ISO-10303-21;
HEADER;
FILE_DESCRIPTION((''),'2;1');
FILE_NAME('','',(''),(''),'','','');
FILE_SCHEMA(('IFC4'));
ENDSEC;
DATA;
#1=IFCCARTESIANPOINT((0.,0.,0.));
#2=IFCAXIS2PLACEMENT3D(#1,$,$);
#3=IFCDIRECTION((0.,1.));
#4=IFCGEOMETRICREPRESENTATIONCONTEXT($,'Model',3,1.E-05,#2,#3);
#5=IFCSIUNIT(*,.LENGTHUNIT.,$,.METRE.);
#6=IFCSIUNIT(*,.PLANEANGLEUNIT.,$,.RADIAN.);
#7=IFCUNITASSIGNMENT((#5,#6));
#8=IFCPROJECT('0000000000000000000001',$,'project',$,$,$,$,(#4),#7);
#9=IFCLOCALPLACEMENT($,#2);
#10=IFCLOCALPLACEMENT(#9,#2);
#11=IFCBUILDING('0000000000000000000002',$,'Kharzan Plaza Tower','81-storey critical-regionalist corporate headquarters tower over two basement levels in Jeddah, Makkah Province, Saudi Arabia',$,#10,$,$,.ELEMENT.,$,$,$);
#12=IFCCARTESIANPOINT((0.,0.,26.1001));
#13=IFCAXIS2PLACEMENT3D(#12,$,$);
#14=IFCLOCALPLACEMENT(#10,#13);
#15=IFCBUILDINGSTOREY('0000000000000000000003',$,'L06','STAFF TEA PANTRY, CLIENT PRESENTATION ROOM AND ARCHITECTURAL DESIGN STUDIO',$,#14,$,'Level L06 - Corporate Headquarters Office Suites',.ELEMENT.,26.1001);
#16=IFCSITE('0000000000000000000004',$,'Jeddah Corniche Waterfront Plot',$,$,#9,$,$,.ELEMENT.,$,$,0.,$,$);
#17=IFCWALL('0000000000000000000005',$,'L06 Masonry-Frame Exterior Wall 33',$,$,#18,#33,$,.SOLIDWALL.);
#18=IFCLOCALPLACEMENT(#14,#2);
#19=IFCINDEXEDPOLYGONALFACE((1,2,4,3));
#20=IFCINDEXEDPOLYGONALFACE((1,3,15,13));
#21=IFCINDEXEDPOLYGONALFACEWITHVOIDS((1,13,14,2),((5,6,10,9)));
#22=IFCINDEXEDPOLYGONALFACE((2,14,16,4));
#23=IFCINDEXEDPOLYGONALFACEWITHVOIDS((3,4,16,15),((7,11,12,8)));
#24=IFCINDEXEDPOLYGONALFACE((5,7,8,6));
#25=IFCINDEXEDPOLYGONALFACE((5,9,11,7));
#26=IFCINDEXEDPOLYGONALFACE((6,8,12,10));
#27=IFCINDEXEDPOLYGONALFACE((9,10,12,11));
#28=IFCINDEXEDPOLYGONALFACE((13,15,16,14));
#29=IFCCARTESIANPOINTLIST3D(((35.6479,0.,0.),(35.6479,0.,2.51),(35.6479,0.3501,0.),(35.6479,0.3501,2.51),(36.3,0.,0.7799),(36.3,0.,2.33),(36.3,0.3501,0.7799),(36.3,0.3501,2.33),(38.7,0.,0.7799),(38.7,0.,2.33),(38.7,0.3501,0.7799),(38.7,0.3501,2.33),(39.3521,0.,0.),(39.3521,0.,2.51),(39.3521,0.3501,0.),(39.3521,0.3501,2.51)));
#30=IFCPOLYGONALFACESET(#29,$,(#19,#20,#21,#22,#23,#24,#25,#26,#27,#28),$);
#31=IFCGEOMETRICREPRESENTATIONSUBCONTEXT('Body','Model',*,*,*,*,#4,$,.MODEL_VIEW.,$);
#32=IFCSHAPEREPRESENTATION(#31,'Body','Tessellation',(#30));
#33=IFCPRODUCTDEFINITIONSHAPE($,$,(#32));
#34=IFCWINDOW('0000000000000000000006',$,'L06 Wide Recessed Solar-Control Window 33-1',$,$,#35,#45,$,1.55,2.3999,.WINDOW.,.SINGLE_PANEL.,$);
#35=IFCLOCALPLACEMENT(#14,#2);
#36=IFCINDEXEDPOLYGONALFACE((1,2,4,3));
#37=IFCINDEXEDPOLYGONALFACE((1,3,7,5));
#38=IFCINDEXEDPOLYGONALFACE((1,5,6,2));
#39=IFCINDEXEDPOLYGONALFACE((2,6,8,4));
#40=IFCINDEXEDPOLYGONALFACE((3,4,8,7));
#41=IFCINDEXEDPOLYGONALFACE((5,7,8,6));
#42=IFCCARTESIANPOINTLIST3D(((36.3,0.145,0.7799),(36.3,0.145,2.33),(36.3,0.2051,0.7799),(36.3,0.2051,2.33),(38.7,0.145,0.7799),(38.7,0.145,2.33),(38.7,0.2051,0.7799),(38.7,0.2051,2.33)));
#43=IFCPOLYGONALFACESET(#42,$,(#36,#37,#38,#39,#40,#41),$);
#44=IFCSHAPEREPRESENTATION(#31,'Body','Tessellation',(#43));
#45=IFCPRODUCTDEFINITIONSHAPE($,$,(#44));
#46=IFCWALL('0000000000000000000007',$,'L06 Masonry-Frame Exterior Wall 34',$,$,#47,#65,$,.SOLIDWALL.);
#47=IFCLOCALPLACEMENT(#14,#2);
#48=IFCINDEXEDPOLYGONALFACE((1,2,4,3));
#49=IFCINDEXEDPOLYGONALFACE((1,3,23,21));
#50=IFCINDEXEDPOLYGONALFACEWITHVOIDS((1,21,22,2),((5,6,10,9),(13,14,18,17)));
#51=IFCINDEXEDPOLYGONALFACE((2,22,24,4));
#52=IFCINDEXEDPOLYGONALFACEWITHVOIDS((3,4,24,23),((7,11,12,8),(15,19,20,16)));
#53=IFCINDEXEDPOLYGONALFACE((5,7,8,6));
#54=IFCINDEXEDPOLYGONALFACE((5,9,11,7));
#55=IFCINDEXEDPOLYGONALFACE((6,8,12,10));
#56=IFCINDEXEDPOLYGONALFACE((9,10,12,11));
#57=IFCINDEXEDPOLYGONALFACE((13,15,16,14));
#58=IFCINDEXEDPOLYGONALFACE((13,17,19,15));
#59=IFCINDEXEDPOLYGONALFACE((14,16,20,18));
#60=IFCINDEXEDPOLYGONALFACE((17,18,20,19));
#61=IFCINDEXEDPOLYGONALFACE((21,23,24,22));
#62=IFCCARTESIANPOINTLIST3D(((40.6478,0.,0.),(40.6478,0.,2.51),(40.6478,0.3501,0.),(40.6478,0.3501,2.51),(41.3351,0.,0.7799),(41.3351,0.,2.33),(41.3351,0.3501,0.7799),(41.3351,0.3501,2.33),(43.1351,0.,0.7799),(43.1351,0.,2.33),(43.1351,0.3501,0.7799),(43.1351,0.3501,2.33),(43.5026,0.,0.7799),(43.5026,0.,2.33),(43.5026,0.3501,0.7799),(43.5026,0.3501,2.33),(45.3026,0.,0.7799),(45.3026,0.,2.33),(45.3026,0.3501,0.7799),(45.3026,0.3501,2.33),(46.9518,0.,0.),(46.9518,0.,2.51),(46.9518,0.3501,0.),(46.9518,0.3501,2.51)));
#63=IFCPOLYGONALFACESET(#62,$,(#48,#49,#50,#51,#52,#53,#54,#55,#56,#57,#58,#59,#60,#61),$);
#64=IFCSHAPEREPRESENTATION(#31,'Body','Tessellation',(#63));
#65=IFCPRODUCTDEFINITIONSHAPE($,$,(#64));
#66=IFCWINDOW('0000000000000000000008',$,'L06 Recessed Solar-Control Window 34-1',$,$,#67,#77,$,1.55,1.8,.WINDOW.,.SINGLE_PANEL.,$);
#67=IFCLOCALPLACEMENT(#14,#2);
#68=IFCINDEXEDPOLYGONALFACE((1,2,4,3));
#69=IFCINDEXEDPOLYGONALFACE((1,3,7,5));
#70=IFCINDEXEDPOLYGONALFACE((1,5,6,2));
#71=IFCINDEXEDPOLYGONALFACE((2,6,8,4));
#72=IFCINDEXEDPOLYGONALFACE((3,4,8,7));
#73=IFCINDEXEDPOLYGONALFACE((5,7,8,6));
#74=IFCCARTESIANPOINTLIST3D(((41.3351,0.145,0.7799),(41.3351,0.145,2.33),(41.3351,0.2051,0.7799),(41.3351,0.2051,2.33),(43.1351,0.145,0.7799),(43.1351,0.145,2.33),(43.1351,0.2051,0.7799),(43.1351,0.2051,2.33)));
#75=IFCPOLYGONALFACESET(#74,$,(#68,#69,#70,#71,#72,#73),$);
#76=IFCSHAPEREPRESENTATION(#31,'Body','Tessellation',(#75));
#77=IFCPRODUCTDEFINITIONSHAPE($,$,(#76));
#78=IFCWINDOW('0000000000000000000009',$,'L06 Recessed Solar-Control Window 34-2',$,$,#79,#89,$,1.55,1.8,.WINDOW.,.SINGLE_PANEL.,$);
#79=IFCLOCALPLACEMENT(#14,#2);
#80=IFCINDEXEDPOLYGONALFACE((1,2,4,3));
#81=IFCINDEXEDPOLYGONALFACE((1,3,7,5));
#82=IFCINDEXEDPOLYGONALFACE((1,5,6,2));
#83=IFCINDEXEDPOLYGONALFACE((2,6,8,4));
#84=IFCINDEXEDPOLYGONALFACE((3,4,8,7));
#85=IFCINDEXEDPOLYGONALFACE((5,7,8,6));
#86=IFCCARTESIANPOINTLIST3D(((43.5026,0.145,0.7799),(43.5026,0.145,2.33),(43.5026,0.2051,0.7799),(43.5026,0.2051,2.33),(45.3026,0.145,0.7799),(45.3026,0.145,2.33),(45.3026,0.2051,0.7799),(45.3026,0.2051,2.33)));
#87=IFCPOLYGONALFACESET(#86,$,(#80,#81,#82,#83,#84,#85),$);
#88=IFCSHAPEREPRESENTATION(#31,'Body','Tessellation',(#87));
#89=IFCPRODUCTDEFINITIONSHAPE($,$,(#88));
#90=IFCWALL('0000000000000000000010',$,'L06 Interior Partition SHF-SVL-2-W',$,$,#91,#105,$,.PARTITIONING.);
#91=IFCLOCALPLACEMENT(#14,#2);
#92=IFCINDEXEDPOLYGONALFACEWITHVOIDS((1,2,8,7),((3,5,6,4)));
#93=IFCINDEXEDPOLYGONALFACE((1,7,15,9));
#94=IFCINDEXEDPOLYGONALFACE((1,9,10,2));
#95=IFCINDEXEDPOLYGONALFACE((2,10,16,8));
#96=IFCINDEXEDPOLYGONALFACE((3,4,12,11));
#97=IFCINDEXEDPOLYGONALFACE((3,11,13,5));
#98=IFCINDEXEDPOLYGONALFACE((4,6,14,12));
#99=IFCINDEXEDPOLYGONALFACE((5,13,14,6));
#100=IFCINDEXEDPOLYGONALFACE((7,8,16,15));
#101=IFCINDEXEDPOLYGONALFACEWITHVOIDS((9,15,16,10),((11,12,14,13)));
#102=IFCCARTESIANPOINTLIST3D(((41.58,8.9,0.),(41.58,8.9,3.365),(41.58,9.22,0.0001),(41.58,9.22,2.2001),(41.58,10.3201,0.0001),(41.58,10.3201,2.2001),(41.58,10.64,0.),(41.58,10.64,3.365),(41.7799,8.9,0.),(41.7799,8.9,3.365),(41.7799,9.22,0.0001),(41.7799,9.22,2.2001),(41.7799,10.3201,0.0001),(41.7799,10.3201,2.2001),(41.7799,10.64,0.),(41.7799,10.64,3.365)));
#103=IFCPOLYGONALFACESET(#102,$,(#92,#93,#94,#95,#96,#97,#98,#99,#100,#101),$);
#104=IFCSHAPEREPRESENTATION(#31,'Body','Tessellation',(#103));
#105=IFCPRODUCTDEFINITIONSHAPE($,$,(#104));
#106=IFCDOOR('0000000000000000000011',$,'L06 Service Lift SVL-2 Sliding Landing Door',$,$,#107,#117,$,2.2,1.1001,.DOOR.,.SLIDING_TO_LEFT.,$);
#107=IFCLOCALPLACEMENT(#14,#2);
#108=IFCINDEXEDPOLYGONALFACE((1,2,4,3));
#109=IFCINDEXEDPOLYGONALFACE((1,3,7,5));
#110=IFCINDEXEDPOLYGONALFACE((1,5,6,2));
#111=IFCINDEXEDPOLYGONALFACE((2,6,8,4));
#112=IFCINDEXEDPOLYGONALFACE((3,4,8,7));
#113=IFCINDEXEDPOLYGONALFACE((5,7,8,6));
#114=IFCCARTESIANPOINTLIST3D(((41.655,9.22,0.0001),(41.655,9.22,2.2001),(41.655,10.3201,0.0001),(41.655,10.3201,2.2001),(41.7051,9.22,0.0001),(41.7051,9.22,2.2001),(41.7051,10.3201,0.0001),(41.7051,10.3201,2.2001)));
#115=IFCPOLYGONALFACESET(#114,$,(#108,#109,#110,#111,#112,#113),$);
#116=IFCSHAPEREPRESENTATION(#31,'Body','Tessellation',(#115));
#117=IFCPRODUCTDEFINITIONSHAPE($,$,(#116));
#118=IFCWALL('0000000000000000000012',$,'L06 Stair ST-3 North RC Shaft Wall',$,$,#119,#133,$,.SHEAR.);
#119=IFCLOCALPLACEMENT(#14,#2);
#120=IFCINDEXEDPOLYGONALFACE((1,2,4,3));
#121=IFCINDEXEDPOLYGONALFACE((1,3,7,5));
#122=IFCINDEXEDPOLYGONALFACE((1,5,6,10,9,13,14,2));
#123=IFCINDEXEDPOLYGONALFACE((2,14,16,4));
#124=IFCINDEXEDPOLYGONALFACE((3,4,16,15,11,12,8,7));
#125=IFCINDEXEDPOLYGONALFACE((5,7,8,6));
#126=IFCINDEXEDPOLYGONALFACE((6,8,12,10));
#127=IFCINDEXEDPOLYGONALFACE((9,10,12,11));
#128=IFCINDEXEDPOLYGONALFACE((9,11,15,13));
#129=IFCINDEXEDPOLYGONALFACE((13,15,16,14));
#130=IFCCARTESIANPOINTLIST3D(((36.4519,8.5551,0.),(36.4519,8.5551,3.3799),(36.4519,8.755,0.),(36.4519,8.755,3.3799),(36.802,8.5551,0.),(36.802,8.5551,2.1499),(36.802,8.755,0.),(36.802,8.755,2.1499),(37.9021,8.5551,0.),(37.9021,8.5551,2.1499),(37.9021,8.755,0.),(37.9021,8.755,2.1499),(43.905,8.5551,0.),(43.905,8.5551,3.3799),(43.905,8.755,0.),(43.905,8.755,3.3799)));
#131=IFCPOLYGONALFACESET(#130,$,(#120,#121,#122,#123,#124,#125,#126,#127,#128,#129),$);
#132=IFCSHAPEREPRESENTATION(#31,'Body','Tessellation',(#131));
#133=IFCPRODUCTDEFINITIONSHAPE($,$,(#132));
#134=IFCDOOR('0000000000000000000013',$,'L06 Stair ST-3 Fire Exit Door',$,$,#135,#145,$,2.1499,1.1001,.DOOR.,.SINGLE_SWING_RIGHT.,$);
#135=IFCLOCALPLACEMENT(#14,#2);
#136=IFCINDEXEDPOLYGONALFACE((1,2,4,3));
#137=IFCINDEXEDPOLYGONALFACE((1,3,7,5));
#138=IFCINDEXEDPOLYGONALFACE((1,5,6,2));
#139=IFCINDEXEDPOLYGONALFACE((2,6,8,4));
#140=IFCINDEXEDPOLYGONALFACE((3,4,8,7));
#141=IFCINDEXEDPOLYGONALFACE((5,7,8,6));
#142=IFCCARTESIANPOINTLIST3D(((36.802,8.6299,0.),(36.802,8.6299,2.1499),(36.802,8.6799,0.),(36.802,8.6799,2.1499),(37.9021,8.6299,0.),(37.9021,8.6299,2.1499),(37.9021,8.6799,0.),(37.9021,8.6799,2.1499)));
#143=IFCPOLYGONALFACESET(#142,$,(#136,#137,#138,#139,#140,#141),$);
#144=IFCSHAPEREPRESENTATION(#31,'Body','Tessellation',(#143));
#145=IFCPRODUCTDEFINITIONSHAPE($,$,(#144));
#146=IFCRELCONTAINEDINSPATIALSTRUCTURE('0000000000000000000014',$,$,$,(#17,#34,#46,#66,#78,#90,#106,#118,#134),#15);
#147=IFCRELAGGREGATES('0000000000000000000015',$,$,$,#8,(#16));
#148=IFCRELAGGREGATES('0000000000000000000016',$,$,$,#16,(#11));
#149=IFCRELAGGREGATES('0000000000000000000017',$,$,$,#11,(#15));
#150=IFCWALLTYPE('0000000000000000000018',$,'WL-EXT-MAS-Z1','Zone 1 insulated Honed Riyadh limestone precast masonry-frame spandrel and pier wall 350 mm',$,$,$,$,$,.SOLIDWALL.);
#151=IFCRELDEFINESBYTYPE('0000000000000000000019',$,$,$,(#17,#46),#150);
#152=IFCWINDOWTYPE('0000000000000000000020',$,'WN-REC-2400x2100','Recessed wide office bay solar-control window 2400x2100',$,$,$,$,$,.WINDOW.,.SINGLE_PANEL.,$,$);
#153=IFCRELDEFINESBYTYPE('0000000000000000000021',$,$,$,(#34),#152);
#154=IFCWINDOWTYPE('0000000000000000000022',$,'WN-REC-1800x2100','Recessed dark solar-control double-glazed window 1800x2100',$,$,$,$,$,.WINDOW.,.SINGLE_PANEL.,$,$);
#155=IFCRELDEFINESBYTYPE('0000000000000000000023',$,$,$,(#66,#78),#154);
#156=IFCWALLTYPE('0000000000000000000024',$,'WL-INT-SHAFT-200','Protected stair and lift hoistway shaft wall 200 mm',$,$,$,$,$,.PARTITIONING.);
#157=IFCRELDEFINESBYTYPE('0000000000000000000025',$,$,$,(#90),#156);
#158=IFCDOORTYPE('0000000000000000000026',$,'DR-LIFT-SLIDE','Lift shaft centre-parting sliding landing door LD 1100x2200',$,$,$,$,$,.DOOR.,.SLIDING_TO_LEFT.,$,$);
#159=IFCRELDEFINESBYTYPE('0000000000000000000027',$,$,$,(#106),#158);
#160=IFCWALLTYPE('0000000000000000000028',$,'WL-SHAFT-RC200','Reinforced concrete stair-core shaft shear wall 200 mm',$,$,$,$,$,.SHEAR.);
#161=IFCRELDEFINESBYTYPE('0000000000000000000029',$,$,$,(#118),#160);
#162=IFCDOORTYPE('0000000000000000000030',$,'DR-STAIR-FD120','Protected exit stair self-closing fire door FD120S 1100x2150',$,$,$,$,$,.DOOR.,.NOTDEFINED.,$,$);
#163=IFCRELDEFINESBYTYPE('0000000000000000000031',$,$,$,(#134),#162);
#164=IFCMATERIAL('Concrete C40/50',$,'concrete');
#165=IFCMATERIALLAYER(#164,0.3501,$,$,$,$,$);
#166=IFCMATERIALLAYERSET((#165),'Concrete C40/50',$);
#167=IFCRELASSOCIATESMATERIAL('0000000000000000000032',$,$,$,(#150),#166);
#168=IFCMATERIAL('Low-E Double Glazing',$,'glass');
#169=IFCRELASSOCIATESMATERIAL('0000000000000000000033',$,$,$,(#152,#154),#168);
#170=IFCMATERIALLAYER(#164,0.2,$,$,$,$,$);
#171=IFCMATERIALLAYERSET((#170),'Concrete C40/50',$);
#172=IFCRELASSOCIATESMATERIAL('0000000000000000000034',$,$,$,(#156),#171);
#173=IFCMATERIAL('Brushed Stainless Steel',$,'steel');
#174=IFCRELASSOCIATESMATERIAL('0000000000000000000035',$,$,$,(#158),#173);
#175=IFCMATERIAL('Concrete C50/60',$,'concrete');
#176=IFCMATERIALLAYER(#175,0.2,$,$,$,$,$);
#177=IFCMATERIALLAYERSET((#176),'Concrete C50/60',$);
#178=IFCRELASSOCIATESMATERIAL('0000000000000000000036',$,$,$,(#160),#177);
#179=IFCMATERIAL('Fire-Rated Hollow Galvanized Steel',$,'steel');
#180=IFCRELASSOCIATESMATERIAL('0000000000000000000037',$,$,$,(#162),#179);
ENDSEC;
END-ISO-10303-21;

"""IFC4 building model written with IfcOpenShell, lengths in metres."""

from ifc_helpers import new_model, si_unit, direction, frame, frame_2d, origin, place, context, subcontext, project, spatial, rectangle, extrude, source, transform, mapped, material, layer, layer_set, type_object, element, fill, save


model = new_model("IFC4")

# Units and contexts
model_context = context("Model", 3, precision=1e-05, world=origin(), true_north=direction((0.0, 1.0)))
body_context = subcontext(model_context, "Body", "Model", "MODEL_VIEW")
ifc_project = project(units=[si_unit("LENGTHUNIT", "METRE"), si_unit("PLANEANGLEUNIT", "RADIAN")], contexts=[model_context])

# Site, building, storey
site_placement = place(None, origin())
site = spatial("IfcSite", under=ifc_project, at=site_placement, Name="Jeddah Corniche Waterfront Plot", CompositionType="ELEMENT", RefElevation=0.0)
building_placement = place(site_placement, origin())
building = spatial("IfcBuilding", under=site, at=building_placement, Name="Kharzan Plaza Tower", Description="81-storey critical-regionalist corporate headquarters tower over two basement levels in Jeddah, Makkah Province, Saudi Arabia", CompositionType="ELEMENT")
storey_placement = place(building_placement, frame((0.0, 0.0, 26.1001)))
storey = spatial("IfcBuildingStorey", under=building, at=storey_placement, Name="L06", Description="STAFF TEA PANTRY, CLIENT PRESENTATION ROOM AND ARCHITECTURAL DESIGN STUDIO", LongName="Level L06 - Corporate Headquarters Office Suites", CompositionType="ELEMENT", Elevation=26.1001)

# Wall, opening, window
ifc_material_1 = material(Name="Concrete C40/50", Category="concrete")
ifc_layer_1 = layer(ifc_material_1, 0.3501)
ifc_layer_set_1 = layer_set([ifc_layer_1], Name="Concrete C40/50")
wall_type_1 = type_object("IfcWallType", Name="WL-EXT-MAS-Z1", Description="Zone 1 insulated Honed Riyadh limestone precast masonry-frame spandrel and pier wall 350 mm", PredefinedType="SOLIDWALL", material=ifc_layer_set_1)
wall_1_placement = place(storey_placement, frame((35.6479, 0.175, 0.0), z_axis=(0.0, 0.0, 1.0), x_axis=(1.0, 0.0, 0.0)))
wall_1 = element("IfcWall", 1, at=wall_1_placement, inside=storey, type_object=wall_type_1, Name="L06 Masonry-Frame Exterior Wall 33", PredefinedType="SOLIDWALL", context=body_context, shape_type="SweptSolid", body=[
    extrude(rectangle(XDim=3.7041, YDim=0.3501, at=frame_2d((1.8521, 0.0))), origin(), (0.0, 0.0, 1.0), 2.51),
])
opening_1_placement = place(wall_1_placement, frame((0.6521, 0.0, 0.78)))
opening_1 = element("IfcOpeningElement", 2, at=opening_1_placement, cuts=wall_1, PredefinedType="OPENING", context=body_context, shape_type="SweptSolid", body=[
    extrude(rectangle(XDim=2.3999, YDim=1.55, at=frame_2d((1.2, 0.7749))), frame((0.0, 0.1851, 0.0), z_axis=(0.0, -1.0, 0.0), x_axis=(1.0, 0.0, 0.0)), (0.0, 0.0, 1.0), 0.3701),
])
ifc_material_2 = material(Name="Low-E Double Glazing", Category="glass")
window_type_1 = type_object("IfcWindowType", Name="WN-REC-2400x2100", Description="Recessed wide office bay solar-control window 2400x2100", PartitioningType="SINGLE_PANEL", PredefinedType="WINDOW", material=ifc_material_2)
shared_shape_1 = source(origin(), body_context, "Body", "SweptSolid", [
    extrude(rectangle(XDim=2.3999, YDim=1.55, at=frame_2d((1.2, 0.7749))), frame((0.0, 0.03, 0.0), z_axis=(0.0, -1.0, 0.0), x_axis=(1.0, 0.0, 0.0)), (0.0, 0.0, 1.0), 0.0601),
])
window_1_placement = place(opening_1_placement, origin())
window_1 = element("IfcWindow", 3, at=window_1_placement, inside=storey, type_object=window_type_1, Name="L06 Wide Recessed Solar-Control Window 33-1", OverallHeight=1.55, OverallWidth=2.3999, PartitioningType="SINGLE_PANEL", PredefinedType="WINDOW", context=body_context, shape_type="MappedRepresentation", body=[
    mapped(shared_shape_1, transform((0.0, 0.0, 0.0), x_axis=(1.0, 0.0, 0.0), y_axis=(0.0, 1.0, 0.0), z_axis=(0.0, 0.0, 1.0))),
])
fill(opening_1, window_1)

# Wall, openings, windows
wall_2_placement = place(storey_placement, frame((40.6479, 0.175, 0.0), z_axis=(0.0, 0.0, 1.0), x_axis=(1.0, 0.0, 0.0)))
wall_2 = element("IfcWall", 4, at=wall_2_placement, inside=storey, type_object=wall_type_1, Name="L06 Masonry-Frame Exterior Wall 34", PredefinedType="SOLIDWALL", context=body_context, shape_type="SweptSolid", body=[
    extrude(rectangle(XDim=6.304, YDim=0.3501, at=frame_2d((3.1519, 0.0))), origin(), (0.0, 0.0, 1.0), 2.51),
])
opening_2_placement = place(wall_2_placement, frame((0.6873, 0.0, 0.78)))
opening_2 = element("IfcOpeningElement", 5, at=opening_2_placement, cuts=wall_2, PredefinedType="OPENING", context=body_context, shape_type="SweptSolid", body=[
    extrude(rectangle(XDim=1.8, YDim=1.55, at=frame_2d((0.8999, 0.7749))), frame((0.0, 0.1851, 0.0), z_axis=(0.0, -1.0, 0.0), x_axis=(1.0, 0.0, 0.0)), (0.0, 0.0, 1.0), 0.3701),
])
opening_3_placement = place(wall_2_placement, frame((2.8547, 0.0, 0.78)))
opening_3 = element("IfcOpeningElement", 6, at=opening_3_placement, cuts=wall_2, PredefinedType="OPENING", context=body_context, shape_type="SweptSolid", body=[
    extrude(rectangle(XDim=1.8, YDim=1.55, at=frame_2d((0.8999, 0.7749))), frame((0.0, 0.1851, 0.0), z_axis=(0.0, -1.0, 0.0), x_axis=(1.0, 0.0, 0.0)), (0.0, 0.0, 1.0), 0.3701),
])
window_type_2 = type_object("IfcWindowType", Name="WN-REC-1800x2100", Description="Recessed dark solar-control double-glazed window 1800x2100", PartitioningType="SINGLE_PANEL", PredefinedType="WINDOW", material=ifc_material_2)
shared_shape_2 = source(origin(), body_context, "Body", "SweptSolid", [
    extrude(rectangle(XDim=1.8, YDim=1.55, at=frame_2d((0.8999, 0.7749))), frame((0.0, 0.03, 0.0), z_axis=(0.0, -1.0, 0.0), x_axis=(1.0, 0.0, 0.0)), (0.0, 0.0, 1.0), 0.0601),
])
window_2_placement = place(opening_2_placement, origin())
window_2 = element("IfcWindow", 7, at=window_2_placement, inside=storey, type_object=window_type_2, Name="L06 Recessed Solar-Control Window 34-1", OverallHeight=1.55, OverallWidth=1.8, PartitioningType="SINGLE_PANEL", PredefinedType="WINDOW", context=body_context, shape_type="MappedRepresentation", body=[
    mapped(shared_shape_2, transform((0.0, 0.0, 0.0), x_axis=(1.0, 0.0, 0.0), y_axis=(0.0, 1.0, 0.0), z_axis=(0.0, 0.0, 1.0))),
])
fill(opening_2, window_2)
window_3_placement = place(opening_3_placement, origin())
window_3 = element("IfcWindow", 8, at=window_3_placement, inside=storey, type_object=window_type_2, Name="L06 Recessed Solar-Control Window 34-2", OverallHeight=1.55, OverallWidth=1.8, PartitioningType="SINGLE_PANEL", PredefinedType="WINDOW", context=body_context, shape_type="MappedRepresentation", body=[
    mapped(shared_shape_2, transform((0.0, 0.0, 0.0), x_axis=(1.0, 0.0, 0.0), y_axis=(0.0, 1.0, 0.0), z_axis=(0.0, 0.0, 1.0))),
])
fill(opening_3, window_3)

# Walls, openings, doors
ifc_layer_2 = layer(ifc_material_1, 0.2)
ifc_layer_set_2 = layer_set([ifc_layer_2], Name="Concrete C40/50")
wall_type_2 = type_object("IfcWallType", Name="WL-INT-SHAFT-200", Description="Protected stair and lift hoistway shaft wall 200 mm", PredefinedType="PARTITIONING", material=ifc_layer_set_2)
wall_3_placement = place(storey_placement, frame((41.6799, 8.8999, 0.0), z_axis=(0.0, 0.0, 1.0), x_axis=(0.0, 1.0, 0.0)))
wall_3 = element("IfcWall", 9, at=wall_3_placement, inside=storey, type_object=wall_type_2, Name="L06 Interior Partition SHF-SVL-2-W", PredefinedType="PARTITIONING", context=body_context, shape_type="SweptSolid", body=[
    extrude(rectangle(XDim=1.74, YDim=0.2, at=frame_2d((0.8701, 0.0))), origin(), (0.0, 0.0, 1.0), 3.365),
])
opening_4_placement = place(wall_3_placement, frame((0.3201, 0.0, 0.0)))
opening_4 = element("IfcOpeningElement", 10, at=opening_4_placement, cuts=wall_3, PredefinedType="OPENING", context=body_context, shape_type="SweptSolid", body=[
    extrude(rectangle(XDim=1.1001, YDim=2.2, at=frame_2d((0.55, 1.1001))), frame((0.0, 0.1099, 0.0), z_axis=(0.0, -1.0, 0.0), x_axis=(1.0, 0.0, 0.0)), (0.0, 0.0, 1.0), 0.22),
])
ifc_material_3 = material(Name="Brushed Stainless Steel", Category="steel")
door_type_1 = type_object("IfcDoorType", Name="DR-LIFT-SLIDE", Description="Lift shaft centre-parting sliding landing door LD 1100x2200", OperationType="SLIDING_TO_LEFT", PredefinedType="DOOR", material=ifc_material_3)
shared_shape_3 = source(origin(), body_context, "Body", "SweptSolid", [
    extrude(rectangle(XDim=1.1001, YDim=2.2, at=frame_2d((0.55, 1.1001))), frame((0.0, 0.0249, 0.0), z_axis=(0.0, -1.0, 0.0), x_axis=(1.0, 0.0, 0.0)), (0.0, 0.0, 1.0), 0.05),
])
door_1_placement = place(opening_4_placement, origin())
door_1 = element("IfcDoor", 11, at=door_1_placement, inside=storey, type_object=door_type_1, Name="L06 Service Lift SVL-2 Sliding Landing Door", OperationType="SLIDING_TO_LEFT", OverallHeight=2.2, OverallWidth=1.1001, PredefinedType="DOOR", context=body_context, shape_type="MappedRepresentation", body=[
    mapped(shared_shape_3, transform((0.0, 0.0, 0.0), x_axis=(1.0, 0.0, 0.0), y_axis=(0.0, 1.0, 0.0), z_axis=(0.0, 0.0, 1.0))),
])
fill(opening_4, door_1)
ifc_material_4 = material(Name="Concrete C50/60", Category="concrete")
ifc_layer_3 = layer(ifc_material_4, 0.2)
ifc_layer_set_3 = layer_set([ifc_layer_3], Name="Concrete C50/60")
wall_type_3 = type_object("IfcWallType", Name="WL-SHAFT-RC200", Description="Reinforced concrete stair-core shaft shear wall 200 mm", PredefinedType="SHEAR", material=ifc_layer_set_3)
wall_4_placement = place(storey_placement, frame((36.4519, 8.655, 0.0), z_axis=(0.0, 0.0, 1.0), x_axis=(1.0, 0.0, 0.0)))
wall_4 = element("IfcWall", 12, at=wall_4_placement, inside=storey, type_object=wall_type_3, Name="L06 Stair ST-3 North RC Shaft Wall", PredefinedType="SHEAR", context=body_context, shape_type="SweptSolid", body=[
    extrude(rectangle(XDim=7.4531, YDim=0.2, at=frame_2d((3.7266, 0.0))), origin(), (0.0, 0.0, 1.0), 3.3799),
])
opening_5_placement = place(wall_4_placement, frame((0.3501, 0.0, 0.0)))
opening_5 = element("IfcOpeningElement", 13, at=opening_5_placement, cuts=wall_4, PredefinedType="OPENING", context=body_context, shape_type="SweptSolid", body=[
    extrude(rectangle(XDim=1.1001, YDim=2.1499, at=frame_2d((0.55, 1.075))), frame((0.0, 0.1099, 0.0), z_axis=(0.0, -1.0, 0.0), x_axis=(1.0, 0.0, 0.0)), (0.0, 0.0, 1.0), 0.22),
])
ifc_material_5 = material(Name="Fire-Rated Hollow Galvanized Steel", Category="steel")
door_type_2 = type_object("IfcDoorType", Name="DR-STAIR-FD120", Description="Protected exit stair self-closing fire door FD120S 1100x2150", OperationType="NOTDEFINED", PredefinedType="DOOR", material=ifc_material_5)
shared_shape_4 = source(origin(), body_context, "Body", "SweptSolid", [
    extrude(rectangle(XDim=1.1001, YDim=2.1499, at=frame_2d((0.55, 1.075))), frame((0.0, 0.0249, 0.0), z_axis=(0.0, -1.0, 0.0), x_axis=(1.0, 0.0, 0.0)), (0.0, 0.0, 1.0), 0.05),
])
door_2_placement = place(opening_5_placement, origin())
door_2 = element("IfcDoor", 14, at=door_2_placement, inside=storey, type_object=door_type_2, Name="L06 Stair ST-3 Fire Exit Door", OperationType="SINGLE_SWING_RIGHT", OverallHeight=2.1499, OverallWidth=1.1001, PredefinedType="DOOR", context=body_context, shape_type="MappedRepresentation", body=[
    mapped(shared_shape_4, transform((0.0, 0.0, 0.0), x_axis=(1.0, 0.0, 0.0), y_axis=(0.0, 1.0, 0.0), z_axis=(0.0, 0.0, 1.0))),
])
fill(opening_5, door_2)

save(model, "model.ifc")
